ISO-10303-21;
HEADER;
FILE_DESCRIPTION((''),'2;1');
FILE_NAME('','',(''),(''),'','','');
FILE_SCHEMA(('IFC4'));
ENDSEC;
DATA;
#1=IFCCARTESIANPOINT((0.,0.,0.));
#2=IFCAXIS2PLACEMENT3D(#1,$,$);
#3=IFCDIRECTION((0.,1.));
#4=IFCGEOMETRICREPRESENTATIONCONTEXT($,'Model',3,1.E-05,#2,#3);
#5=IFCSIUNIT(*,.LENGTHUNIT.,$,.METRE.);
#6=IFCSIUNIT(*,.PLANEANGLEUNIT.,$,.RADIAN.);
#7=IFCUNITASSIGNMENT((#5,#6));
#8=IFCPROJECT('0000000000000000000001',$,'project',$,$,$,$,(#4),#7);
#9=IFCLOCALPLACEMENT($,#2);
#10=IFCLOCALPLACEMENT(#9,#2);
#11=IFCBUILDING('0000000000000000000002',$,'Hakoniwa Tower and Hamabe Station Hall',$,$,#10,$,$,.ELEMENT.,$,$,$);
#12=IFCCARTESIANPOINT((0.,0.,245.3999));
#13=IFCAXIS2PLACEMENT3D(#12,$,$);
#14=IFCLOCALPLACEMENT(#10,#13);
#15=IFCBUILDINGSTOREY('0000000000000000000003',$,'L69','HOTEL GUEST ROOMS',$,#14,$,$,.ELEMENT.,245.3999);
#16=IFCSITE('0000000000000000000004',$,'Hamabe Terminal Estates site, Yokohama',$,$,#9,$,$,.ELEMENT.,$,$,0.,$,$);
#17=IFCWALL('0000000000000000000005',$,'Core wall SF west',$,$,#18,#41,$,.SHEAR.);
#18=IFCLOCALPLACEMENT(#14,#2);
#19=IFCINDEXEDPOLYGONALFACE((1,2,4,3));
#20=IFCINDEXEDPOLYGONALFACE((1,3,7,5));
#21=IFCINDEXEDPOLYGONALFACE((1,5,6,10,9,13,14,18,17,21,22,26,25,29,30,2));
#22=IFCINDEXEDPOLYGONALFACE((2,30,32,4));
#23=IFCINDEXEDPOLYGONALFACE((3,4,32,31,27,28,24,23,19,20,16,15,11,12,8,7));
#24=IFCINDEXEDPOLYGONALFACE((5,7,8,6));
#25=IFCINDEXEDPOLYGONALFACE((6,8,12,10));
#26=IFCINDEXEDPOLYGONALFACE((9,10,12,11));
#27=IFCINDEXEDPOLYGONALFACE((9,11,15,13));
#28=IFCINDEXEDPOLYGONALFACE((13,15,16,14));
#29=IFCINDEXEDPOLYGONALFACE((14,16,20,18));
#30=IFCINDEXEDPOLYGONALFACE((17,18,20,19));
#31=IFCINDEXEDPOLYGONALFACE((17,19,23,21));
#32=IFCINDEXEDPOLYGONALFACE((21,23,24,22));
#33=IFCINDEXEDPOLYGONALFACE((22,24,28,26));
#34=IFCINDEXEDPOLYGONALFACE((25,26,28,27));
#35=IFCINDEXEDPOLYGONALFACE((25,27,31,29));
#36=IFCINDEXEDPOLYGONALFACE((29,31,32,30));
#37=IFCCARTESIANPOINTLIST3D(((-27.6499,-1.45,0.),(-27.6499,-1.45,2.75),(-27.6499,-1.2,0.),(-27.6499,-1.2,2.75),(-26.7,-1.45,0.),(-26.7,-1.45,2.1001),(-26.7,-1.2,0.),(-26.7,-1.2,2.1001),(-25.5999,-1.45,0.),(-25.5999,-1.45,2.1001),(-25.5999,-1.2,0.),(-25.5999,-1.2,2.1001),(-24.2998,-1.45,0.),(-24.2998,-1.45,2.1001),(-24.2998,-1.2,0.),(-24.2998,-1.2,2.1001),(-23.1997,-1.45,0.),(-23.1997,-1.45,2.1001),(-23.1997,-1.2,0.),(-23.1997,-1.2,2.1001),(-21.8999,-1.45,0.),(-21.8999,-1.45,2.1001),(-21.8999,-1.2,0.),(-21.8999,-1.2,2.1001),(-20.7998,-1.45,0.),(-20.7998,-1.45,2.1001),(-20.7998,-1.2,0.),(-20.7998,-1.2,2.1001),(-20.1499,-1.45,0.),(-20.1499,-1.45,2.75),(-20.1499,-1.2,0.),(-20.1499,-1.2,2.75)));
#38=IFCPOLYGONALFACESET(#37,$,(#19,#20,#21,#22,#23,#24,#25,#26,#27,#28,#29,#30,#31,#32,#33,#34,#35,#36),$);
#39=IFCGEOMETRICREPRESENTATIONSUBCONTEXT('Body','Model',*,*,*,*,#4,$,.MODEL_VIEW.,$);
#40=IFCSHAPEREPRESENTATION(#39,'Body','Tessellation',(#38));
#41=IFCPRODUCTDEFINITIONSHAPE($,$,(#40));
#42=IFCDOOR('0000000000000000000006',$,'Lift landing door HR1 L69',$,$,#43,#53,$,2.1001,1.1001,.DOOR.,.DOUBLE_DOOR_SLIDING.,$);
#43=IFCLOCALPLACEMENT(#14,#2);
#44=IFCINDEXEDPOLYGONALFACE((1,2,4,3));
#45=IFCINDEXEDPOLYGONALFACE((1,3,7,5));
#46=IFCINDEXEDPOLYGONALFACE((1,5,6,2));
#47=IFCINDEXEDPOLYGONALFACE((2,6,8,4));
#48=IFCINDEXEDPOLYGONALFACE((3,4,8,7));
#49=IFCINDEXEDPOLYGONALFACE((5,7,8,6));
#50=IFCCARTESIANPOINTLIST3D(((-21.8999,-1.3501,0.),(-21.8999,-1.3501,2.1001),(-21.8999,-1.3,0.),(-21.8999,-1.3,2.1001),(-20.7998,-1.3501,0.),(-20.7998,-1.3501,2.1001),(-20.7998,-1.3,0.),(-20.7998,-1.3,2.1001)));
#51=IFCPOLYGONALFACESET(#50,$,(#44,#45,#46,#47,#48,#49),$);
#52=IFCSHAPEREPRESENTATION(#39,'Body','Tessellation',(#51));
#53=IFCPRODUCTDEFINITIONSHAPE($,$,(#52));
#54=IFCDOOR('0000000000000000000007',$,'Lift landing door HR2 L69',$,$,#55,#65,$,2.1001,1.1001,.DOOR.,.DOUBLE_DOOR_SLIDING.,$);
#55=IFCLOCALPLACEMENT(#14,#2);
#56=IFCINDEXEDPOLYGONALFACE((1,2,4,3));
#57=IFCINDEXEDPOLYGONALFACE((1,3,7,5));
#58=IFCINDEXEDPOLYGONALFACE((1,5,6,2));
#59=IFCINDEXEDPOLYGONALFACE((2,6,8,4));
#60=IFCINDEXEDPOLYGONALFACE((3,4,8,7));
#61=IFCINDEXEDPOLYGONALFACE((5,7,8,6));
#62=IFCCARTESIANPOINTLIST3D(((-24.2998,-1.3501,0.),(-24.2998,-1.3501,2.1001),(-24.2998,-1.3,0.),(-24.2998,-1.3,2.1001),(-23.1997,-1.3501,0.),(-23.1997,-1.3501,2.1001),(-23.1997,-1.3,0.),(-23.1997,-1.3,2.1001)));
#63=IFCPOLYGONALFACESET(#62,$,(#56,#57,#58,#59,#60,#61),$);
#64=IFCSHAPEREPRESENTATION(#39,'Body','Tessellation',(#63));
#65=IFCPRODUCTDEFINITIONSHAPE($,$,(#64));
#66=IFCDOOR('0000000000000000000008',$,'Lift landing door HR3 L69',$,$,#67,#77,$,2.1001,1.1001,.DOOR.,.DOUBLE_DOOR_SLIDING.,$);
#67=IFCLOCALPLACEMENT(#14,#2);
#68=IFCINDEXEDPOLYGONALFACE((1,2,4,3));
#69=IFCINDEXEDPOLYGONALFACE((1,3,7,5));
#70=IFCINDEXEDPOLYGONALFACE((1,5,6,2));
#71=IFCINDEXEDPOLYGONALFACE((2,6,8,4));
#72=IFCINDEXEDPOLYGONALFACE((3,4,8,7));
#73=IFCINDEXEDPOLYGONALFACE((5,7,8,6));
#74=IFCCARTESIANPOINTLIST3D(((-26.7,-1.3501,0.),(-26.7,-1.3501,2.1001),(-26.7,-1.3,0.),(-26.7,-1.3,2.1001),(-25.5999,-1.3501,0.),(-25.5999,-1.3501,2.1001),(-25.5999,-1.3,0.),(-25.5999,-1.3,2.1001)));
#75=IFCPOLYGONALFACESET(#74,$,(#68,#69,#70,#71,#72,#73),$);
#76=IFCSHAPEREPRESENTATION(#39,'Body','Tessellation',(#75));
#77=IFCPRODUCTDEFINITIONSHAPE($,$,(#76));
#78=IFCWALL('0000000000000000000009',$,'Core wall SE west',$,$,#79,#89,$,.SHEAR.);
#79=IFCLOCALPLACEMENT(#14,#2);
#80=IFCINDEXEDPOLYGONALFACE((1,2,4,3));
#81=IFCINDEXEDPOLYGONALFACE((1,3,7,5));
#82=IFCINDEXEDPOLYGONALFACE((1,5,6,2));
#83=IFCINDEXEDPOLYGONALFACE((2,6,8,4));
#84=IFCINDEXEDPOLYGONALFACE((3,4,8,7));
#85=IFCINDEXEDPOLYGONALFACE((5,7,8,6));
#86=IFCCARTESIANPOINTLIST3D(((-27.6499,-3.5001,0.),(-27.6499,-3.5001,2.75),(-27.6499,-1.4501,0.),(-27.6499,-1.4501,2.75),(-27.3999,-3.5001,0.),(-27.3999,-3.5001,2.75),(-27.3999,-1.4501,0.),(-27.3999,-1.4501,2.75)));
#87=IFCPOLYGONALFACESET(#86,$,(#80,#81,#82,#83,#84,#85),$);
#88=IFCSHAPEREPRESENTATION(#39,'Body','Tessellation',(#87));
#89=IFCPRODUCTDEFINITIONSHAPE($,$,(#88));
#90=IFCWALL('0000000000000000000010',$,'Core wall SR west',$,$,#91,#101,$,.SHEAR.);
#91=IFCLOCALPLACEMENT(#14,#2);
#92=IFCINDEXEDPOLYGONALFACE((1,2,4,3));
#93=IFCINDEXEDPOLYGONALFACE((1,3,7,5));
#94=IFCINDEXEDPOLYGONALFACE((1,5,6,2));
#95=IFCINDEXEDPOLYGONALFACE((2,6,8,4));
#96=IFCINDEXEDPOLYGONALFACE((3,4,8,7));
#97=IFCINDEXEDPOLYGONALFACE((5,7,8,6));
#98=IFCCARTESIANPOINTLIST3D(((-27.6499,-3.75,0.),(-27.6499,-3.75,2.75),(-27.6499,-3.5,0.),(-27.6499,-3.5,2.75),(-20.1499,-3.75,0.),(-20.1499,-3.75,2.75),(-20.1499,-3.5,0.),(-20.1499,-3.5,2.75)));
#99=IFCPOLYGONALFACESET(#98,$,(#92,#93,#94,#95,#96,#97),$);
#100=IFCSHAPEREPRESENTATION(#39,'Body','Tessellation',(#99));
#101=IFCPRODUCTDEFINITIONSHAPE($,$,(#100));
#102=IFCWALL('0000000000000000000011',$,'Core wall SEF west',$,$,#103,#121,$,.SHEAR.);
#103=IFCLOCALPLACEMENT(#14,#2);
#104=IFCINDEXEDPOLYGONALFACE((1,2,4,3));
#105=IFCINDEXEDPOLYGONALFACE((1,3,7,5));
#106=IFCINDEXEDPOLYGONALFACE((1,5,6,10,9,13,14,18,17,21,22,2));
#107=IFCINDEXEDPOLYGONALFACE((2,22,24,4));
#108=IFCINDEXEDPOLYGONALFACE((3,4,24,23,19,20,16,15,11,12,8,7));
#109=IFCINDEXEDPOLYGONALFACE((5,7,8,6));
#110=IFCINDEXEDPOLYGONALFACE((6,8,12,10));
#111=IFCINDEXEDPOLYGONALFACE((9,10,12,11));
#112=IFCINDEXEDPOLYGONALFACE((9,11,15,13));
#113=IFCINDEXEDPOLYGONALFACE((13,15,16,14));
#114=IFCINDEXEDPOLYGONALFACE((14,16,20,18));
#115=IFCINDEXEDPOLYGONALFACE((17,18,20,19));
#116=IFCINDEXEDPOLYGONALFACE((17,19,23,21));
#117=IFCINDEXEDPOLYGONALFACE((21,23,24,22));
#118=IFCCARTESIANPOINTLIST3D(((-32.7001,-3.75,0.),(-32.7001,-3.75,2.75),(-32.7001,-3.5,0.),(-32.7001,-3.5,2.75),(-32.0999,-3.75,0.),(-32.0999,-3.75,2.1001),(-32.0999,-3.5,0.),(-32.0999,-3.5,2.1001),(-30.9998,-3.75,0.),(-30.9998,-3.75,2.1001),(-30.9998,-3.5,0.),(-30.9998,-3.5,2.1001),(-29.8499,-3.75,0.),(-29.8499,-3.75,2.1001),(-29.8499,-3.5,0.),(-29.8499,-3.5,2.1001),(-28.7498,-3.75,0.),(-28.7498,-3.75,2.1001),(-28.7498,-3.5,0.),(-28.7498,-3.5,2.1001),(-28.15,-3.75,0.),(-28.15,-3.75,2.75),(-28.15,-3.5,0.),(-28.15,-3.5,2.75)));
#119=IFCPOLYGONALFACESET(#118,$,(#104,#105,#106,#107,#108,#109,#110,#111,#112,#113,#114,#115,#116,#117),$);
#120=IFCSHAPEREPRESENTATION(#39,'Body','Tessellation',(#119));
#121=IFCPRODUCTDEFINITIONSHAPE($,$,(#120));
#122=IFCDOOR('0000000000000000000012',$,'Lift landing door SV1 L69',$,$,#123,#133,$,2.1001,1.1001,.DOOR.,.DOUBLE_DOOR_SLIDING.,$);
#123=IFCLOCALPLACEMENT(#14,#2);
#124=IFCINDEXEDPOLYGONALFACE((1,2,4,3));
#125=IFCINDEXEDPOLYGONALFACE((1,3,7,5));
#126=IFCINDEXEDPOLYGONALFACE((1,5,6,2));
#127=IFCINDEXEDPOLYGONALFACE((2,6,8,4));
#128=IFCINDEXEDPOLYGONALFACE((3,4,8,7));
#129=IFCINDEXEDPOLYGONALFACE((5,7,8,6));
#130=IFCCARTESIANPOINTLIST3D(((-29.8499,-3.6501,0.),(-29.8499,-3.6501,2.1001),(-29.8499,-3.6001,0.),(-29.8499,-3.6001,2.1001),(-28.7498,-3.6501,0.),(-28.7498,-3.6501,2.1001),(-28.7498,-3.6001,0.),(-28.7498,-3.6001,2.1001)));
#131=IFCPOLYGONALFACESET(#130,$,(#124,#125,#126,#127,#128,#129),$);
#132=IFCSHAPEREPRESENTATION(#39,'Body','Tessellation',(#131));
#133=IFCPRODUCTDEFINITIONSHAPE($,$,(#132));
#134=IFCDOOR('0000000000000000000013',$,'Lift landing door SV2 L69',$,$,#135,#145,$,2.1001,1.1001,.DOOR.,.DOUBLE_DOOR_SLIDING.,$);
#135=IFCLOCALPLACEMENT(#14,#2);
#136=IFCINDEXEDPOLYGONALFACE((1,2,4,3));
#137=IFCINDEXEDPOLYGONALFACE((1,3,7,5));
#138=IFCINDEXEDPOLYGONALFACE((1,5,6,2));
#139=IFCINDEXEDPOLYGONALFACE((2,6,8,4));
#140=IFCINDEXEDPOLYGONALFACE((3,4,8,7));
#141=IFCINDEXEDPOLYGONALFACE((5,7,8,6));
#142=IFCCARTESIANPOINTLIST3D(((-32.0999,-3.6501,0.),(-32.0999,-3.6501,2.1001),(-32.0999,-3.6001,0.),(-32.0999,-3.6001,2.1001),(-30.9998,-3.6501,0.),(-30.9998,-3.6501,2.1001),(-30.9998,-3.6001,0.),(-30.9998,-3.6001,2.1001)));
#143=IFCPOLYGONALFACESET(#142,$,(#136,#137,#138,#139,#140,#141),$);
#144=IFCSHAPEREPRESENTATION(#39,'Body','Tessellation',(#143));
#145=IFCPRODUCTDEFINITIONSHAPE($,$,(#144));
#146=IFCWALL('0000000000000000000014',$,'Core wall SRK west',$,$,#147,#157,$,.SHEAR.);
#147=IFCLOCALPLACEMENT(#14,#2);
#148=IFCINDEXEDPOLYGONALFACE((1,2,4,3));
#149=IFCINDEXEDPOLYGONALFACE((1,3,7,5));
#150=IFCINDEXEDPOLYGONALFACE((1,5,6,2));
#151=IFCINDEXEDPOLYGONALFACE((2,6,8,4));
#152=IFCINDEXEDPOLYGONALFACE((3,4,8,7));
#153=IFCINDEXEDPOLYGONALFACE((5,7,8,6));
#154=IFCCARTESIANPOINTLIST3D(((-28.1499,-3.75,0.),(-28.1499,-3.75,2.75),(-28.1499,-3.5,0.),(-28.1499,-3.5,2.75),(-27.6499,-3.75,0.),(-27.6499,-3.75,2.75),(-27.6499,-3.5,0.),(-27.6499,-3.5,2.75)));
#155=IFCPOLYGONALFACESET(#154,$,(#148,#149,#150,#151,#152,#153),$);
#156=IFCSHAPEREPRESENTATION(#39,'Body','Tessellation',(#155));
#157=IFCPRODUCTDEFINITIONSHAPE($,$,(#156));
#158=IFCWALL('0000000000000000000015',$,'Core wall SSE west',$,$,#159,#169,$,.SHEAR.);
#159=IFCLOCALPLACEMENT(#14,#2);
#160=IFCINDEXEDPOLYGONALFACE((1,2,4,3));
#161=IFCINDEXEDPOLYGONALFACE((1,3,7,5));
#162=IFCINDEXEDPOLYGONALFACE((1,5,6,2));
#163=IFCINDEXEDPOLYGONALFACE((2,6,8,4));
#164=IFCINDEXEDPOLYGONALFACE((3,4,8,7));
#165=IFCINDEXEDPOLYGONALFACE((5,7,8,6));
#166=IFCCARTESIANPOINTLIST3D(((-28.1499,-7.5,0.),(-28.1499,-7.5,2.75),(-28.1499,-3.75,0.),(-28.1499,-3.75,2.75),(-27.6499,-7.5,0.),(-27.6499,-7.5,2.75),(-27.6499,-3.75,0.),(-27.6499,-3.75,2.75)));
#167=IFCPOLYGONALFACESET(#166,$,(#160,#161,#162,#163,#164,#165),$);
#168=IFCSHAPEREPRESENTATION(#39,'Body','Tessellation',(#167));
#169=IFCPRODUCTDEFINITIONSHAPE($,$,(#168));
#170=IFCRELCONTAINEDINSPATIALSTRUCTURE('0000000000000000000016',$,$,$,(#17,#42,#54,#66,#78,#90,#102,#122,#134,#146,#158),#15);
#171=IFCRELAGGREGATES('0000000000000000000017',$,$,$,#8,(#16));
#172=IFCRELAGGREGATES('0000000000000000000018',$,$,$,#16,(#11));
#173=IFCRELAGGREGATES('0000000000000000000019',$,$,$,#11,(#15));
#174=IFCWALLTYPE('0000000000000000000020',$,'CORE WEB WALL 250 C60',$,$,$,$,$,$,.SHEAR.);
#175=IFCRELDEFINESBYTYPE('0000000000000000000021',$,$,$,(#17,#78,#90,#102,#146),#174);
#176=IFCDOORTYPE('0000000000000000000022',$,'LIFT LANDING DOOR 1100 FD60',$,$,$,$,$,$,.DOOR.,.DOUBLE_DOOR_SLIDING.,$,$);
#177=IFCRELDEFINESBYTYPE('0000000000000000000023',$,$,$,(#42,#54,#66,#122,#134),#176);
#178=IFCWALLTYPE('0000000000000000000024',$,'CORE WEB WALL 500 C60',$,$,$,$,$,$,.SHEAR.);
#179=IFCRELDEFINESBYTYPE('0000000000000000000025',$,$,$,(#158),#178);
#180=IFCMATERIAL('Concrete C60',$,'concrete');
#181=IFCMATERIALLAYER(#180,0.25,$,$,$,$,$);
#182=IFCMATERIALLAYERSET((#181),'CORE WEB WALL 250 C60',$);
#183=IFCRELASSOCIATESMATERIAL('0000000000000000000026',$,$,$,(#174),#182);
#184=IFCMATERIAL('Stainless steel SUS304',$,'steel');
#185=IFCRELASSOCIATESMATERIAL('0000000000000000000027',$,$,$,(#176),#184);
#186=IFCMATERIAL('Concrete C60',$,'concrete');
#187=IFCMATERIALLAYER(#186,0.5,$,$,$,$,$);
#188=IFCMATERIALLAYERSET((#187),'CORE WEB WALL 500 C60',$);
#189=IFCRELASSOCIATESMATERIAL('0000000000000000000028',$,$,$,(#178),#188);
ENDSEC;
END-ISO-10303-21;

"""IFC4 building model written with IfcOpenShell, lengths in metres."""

from ifc_helpers import new_model, si_unit, direction, frame, frame_2d, origin, place, context, subcontext, project, spatial, rectangle, extrude, material, layer, layer_set, type_object, element, fill, save


model = new_model("IFC4")

# Units and contexts
model_context = context("Model", 3, precision=1e-05, world=origin(), true_north=direction((0.0, 1.0)))
body_context = subcontext(model_context, "Body", "Model", "MODEL_VIEW")
ifc_project = project(units=[si_unit("LENGTHUNIT", "METRE"), si_unit("PLANEANGLEUNIT", "RADIAN")], contexts=[model_context])

# Site, building, storey
site_placement = place(None, origin())
site = spatial("IfcSite", under=ifc_project, at=site_placement, Name="Hamabe Terminal Estates site, Yokohama", CompositionType="ELEMENT", RefElevation=0.0)
building_placement = place(site_placement, origin())
building = spatial("IfcBuilding", under=site, at=building_placement, Name="Hakoniwa Tower and Hamabe Station Hall", CompositionType="ELEMENT")
storey_placement = place(building_placement, frame((0.0, 0.0, 245.3999)))
storey = spatial("IfcBuildingStorey", under=building, at=storey_placement, Name="L69", Description="HOTEL GUEST ROOMS", CompositionType="ELEMENT", Elevation=245.3999)

# Shared definitions
ifc_material_1 = material(Name="Concrete C60", Category="concrete")
ifc_layer_1 = layer(ifc_material_1, 0.25)
ifc_layer_set_1 = layer_set([ifc_layer_1], Name="CORE WEB WALL 250 C60")
wall_type_1 = type_object("IfcWallType", Name="CORE WEB WALL 250 C60", PredefinedType="SHEAR", material=ifc_layer_set_1)

# Wall, openings, doors
wall_1_placement = place(storey_placement, frame((-27.6499, -1.325, 0.0), z_axis=(0.0, 0.0, 1.0), x_axis=(1.0, 0.0, 0.0)))
wall_1 = element("IfcWall", 1, at=wall_1_placement, inside=storey, type_object=wall_type_1, Name="Core wall SF west", PredefinedType="SHEAR", context=body_context, shape_type="SweptSolid", body=[
    extrude(rectangle(XDim=7.5, YDim=0.25, at=frame_2d((3.75, 0.0))), origin(), (0.0, 0.0, 1.0), 2.75),
])
opening_1_placement = place(wall_1_placement, frame((5.75, 0.0, 0.0)))
opening_1 = element("IfcOpeningElement", 2, at=opening_1_placement, cuts=wall_1, PredefinedType="OPENING", context=body_context, shape_type="SweptSolid", body=[
    extrude(rectangle(XDim=1.1001, YDim=2.1001, at=frame_2d((0.55, 1.05))), frame((0.0, 0.135, 0.0), z_axis=(0.0, -1.0, 0.0), x_axis=(1.0, 0.0, 0.0)), (0.0, 0.0, 1.0), 0.27),
])
opening_2_placement = place(wall_1_placement, frame((3.3501, 0.0, 0.0)))
opening_2 = element("IfcOpeningElement", 3, at=opening_2_placement, cuts=wall_1, PredefinedType="OPENING", context=body_context, shape_type="SweptSolid", body=[
    extrude(rectangle(XDim=1.1001, YDim=2.1001, at=frame_2d((0.55, 1.05))), frame((0.0, 0.135, 0.0), z_axis=(0.0, -1.0, 0.0), x_axis=(1.0, 0.0, 0.0)), (0.0, 0.0, 1.0), 0.27),
])
opening_3_placement = place(wall_1_placement, frame((0.95, 0.0, 0.0)))
opening_3 = element("IfcOpeningElement", 4, at=opening_3_placement, cuts=wall_1, PredefinedType="OPENING", context=body_context, shape_type="SweptSolid", body=[
    extrude(rectangle(XDim=1.1001, YDim=2.1001, at=frame_2d((0.55, 1.05))), frame((0.0, 0.135, 0.0), z_axis=(0.0, -1.0, 0.0), x_axis=(1.0, 0.0, 0.0)), (0.0, 0.0, 1.0), 0.27),
])
ifc_material_2 = material(Name="Stainless steel SUS304", Category="steel")
door_type_1 = type_object("IfcDoorType", Name="LIFT LANDING DOOR 1100 FD60", OperationType="DOUBLE_DOOR_SLIDING", PredefinedType="DOOR", material=ifc_material_2)
door_1_placement = place(opening_1_placement, origin())
door_1 = element("IfcDoor", 5, at=door_1_placement, inside=storey, type_object=door_type_1, Name="Lift landing door HR1 L69", OperationType="DOUBLE_DOOR_SLIDING", OverallHeight=2.1001, OverallWidth=1.1001, PredefinedType="DOOR", context=body_context, shape_type="SweptSolid", body=[
    extrude(rectangle(XDim=1.1001, YDim=2.1001, at=frame_2d((0.55, 1.05))), frame((0.0, 0.0249, 0.0), z_axis=(0.0, -1.0, 0.0), x_axis=(1.0, 0.0, 0.0)), (0.0, 0.0, 1.0), 0.05),
])
fill(opening_1, door_1)
door_2_placement = place(opening_2_placement, origin())
door_2 = element("IfcDoor", 6, at=door_2_placement, inside=storey, type_object=door_type_1, Name="Lift landing door HR2 L69", OperationType="DOUBLE_DOOR_SLIDING", OverallHeight=2.1001, OverallWidth=1.1001, PredefinedType="DOOR", context=body_context, shape_type="SweptSolid", body=[
    extrude(rectangle(XDim=1.1001, YDim=2.1001, at=frame_2d((0.55, 1.05))), frame((0.0, 0.0249, 0.0), z_axis=(0.0, -1.0, 0.0), x_axis=(1.0, 0.0, 0.0)), (0.0, 0.0, 1.0), 0.05),
])
fill(opening_2, door_2)
door_3_placement = place(opening_3_placement, origin())
door_3 = element("IfcDoor", 7, at=door_3_placement, inside=storey, type_object=door_type_1, Name="Lift landing door HR3 L69", OperationType="DOUBLE_DOOR_SLIDING", OverallHeight=2.1001, OverallWidth=1.1001, PredefinedType="DOOR", context=body_context, shape_type="SweptSolid", body=[
    extrude(rectangle(XDim=1.1001, YDim=2.1001, at=frame_2d((0.55, 1.05))), frame((0.0, 0.0249, 0.0), z_axis=(0.0, -1.0, 0.0), x_axis=(1.0, 0.0, 0.0)), (0.0, 0.0, 1.0), 0.05),
])
fill(opening_3, door_3)

# Walls
wall_2_placement = place(storey_placement, frame((-27.5249, -3.5, 0.0), z_axis=(0.0, 0.0, 1.0), x_axis=(0.0, 1.0, 0.0)))
element("IfcWall", 8, at=wall_2_placement, inside=storey, type_object=wall_type_1, Name="Core wall SE west", PredefinedType="SHEAR", context=body_context, shape_type="SweptSolid", body=[
    extrude(rectangle(XDim=2.05, YDim=0.25, at=frame_2d((1.0249, 0.0))), origin(), (0.0, 0.0, 1.0), 2.75),
])
wall_3_placement = place(storey_placement, frame((-27.6499, -3.625, 0.0), z_axis=(0.0, 0.0, 1.0), x_axis=(1.0, 0.0, 0.0)))
element("IfcWall", 9, at=wall_3_placement, inside=storey, type_object=wall_type_1, Name="Core wall SR west", PredefinedType="SHEAR", context=body_context, shape_type="SweptSolid", body=[
    extrude(rectangle(XDim=7.5, YDim=0.25, at=frame_2d((3.75, 0.0))), origin(), (0.0, 0.0, 1.0), 2.75),
])

# Wall, openings, doors
wall_4_placement = place(storey_placement, frame((-32.7, -3.625, 0.0), z_axis=(0.0, 0.0, 1.0), x_axis=(1.0, 0.0, 0.0)))
wall_4 = element("IfcWall", 10, at=wall_4_placement, inside=storey, type_object=wall_type_1, Name="Core wall SEF west", PredefinedType="SHEAR", context=body_context, shape_type="SweptSolid", body=[
    extrude(rectangle(XDim=4.55, YDim=0.25, at=frame_2d((2.2749, 0.0))), origin(), (0.0, 0.0, 1.0), 2.75),
])
opening_4_placement = place(wall_4_placement, frame((2.8501, 0.0, 0.0)))
opening_4 = element("IfcOpeningElement", 11, at=opening_4_placement, cuts=wall_4, PredefinedType="OPENING", context=body_context, shape_type="SweptSolid", body=[
    extrude(rectangle(XDim=1.1001, YDim=2.1001, at=frame_2d((0.55, 1.05))), frame((0.0, 0.135, 0.0), z_axis=(0.0, -1.0, 0.0), x_axis=(1.0, 0.0, 0.0)), (0.0, 0.0, 1.0), 0.27),
])
opening_5_placement = place(wall_4_placement, frame((0.6001, 0.0, 0.0)))
opening_5 = element("IfcOpeningElement", 12, at=opening_5_placement, cuts=wall_4, PredefinedType="OPENING", context=body_context, shape_type="SweptSolid", body=[
    extrude(rectangle(XDim=1.1001, YDim=2.1001, at=frame_2d((0.55, 1.05))), frame((0.0, 0.135, 0.0), z_axis=(0.0, -1.0, 0.0), x_axis=(1.0, 0.0, 0.0)), (0.0, 0.0, 1.0), 0.27),
])
door_4_placement = place(opening_4_placement, origin())
door_4 = element("IfcDoor", 13, at=door_4_placement, inside=storey, type_object=door_type_1, Name="Lift landing door SV1 L69", OperationType="DOUBLE_DOOR_SLIDING", OverallHeight=2.1001, OverallWidth=1.1001, PredefinedType="DOOR", context=body_context, shape_type="SweptSolid", body=[
    extrude(rectangle(XDim=1.1001, YDim=2.1001, at=frame_2d((0.55, 1.05))), frame((0.0, 0.0249, 0.0), z_axis=(0.0, -1.0, 0.0), x_axis=(1.0, 0.0, 0.0)), (0.0, 0.0, 1.0), 0.05),
])
fill(opening_4, door_4)
door_5_placement = place(opening_5_placement, origin())
door_5 = element("IfcDoor", 14, at=door_5_placement, inside=storey, type_object=door_type_1, Name="Lift landing door SV2 L69", OperationType="DOUBLE_DOOR_SLIDING", OverallHeight=2.1001, OverallWidth=1.1001, PredefinedType="DOOR", context=body_context, shape_type="SweptSolid", body=[
    extrude(rectangle(XDim=1.1001, YDim=2.1001, at=frame_2d((0.55, 1.05))), frame((0.0, 0.0249, 0.0), z_axis=(0.0, -1.0, 0.0), x_axis=(1.0, 0.0, 0.0)), (0.0, 0.0, 1.0), 0.05),
])
fill(opening_5, door_5)

# Walls
wall_5_placement = place(storey_placement, frame((-28.1499, -3.625, 0.0), z_axis=(0.0, 0.0, 1.0), x_axis=(1.0, 0.0, 0.0)))
element("IfcWall", 15, at=wall_5_placement, inside=storey, type_object=wall_type_1, Name="Core wall SRK west", PredefinedType="SHEAR", context=body_context, shape_type="SweptSolid", body=[
    extrude(rectangle(XDim=0.5, YDim=0.25, at=frame_2d((0.25, 0.0))), origin(), (0.0, 0.0, 1.0), 2.75),
])
ifc_material_3 = material(Name="Concrete C60", Category="concrete")
ifc_layer_2 = layer(ifc_material_3, 0.5)
ifc_layer_set_2 = layer_set([ifc_layer_2], Name="CORE WEB WALL 500 C60")
wall_type_2 = type_object("IfcWallType", Name="CORE WEB WALL 500 C60", PredefinedType="SHEAR", material=ifc_layer_set_2)
wall_6_placement = place(storey_placement, frame((-27.8999, -7.5, 0.0), z_axis=(0.0, 0.0, 1.0), x_axis=(0.0, 1.0, 0.0)))
element("IfcWall", 16, at=wall_6_placement, inside=storey, type_object=wall_type_2, Name="Core wall SSE west", PredefinedType="SHEAR", context=body_context, shape_type="SweptSolid", body=[
    extrude(rectangle(XDim=3.75, YDim=0.5, at=frame_2d((1.875, 0.0))), origin(), (0.0, 0.0, 1.0), 2.75),
])

save(model, "model.ifc")
